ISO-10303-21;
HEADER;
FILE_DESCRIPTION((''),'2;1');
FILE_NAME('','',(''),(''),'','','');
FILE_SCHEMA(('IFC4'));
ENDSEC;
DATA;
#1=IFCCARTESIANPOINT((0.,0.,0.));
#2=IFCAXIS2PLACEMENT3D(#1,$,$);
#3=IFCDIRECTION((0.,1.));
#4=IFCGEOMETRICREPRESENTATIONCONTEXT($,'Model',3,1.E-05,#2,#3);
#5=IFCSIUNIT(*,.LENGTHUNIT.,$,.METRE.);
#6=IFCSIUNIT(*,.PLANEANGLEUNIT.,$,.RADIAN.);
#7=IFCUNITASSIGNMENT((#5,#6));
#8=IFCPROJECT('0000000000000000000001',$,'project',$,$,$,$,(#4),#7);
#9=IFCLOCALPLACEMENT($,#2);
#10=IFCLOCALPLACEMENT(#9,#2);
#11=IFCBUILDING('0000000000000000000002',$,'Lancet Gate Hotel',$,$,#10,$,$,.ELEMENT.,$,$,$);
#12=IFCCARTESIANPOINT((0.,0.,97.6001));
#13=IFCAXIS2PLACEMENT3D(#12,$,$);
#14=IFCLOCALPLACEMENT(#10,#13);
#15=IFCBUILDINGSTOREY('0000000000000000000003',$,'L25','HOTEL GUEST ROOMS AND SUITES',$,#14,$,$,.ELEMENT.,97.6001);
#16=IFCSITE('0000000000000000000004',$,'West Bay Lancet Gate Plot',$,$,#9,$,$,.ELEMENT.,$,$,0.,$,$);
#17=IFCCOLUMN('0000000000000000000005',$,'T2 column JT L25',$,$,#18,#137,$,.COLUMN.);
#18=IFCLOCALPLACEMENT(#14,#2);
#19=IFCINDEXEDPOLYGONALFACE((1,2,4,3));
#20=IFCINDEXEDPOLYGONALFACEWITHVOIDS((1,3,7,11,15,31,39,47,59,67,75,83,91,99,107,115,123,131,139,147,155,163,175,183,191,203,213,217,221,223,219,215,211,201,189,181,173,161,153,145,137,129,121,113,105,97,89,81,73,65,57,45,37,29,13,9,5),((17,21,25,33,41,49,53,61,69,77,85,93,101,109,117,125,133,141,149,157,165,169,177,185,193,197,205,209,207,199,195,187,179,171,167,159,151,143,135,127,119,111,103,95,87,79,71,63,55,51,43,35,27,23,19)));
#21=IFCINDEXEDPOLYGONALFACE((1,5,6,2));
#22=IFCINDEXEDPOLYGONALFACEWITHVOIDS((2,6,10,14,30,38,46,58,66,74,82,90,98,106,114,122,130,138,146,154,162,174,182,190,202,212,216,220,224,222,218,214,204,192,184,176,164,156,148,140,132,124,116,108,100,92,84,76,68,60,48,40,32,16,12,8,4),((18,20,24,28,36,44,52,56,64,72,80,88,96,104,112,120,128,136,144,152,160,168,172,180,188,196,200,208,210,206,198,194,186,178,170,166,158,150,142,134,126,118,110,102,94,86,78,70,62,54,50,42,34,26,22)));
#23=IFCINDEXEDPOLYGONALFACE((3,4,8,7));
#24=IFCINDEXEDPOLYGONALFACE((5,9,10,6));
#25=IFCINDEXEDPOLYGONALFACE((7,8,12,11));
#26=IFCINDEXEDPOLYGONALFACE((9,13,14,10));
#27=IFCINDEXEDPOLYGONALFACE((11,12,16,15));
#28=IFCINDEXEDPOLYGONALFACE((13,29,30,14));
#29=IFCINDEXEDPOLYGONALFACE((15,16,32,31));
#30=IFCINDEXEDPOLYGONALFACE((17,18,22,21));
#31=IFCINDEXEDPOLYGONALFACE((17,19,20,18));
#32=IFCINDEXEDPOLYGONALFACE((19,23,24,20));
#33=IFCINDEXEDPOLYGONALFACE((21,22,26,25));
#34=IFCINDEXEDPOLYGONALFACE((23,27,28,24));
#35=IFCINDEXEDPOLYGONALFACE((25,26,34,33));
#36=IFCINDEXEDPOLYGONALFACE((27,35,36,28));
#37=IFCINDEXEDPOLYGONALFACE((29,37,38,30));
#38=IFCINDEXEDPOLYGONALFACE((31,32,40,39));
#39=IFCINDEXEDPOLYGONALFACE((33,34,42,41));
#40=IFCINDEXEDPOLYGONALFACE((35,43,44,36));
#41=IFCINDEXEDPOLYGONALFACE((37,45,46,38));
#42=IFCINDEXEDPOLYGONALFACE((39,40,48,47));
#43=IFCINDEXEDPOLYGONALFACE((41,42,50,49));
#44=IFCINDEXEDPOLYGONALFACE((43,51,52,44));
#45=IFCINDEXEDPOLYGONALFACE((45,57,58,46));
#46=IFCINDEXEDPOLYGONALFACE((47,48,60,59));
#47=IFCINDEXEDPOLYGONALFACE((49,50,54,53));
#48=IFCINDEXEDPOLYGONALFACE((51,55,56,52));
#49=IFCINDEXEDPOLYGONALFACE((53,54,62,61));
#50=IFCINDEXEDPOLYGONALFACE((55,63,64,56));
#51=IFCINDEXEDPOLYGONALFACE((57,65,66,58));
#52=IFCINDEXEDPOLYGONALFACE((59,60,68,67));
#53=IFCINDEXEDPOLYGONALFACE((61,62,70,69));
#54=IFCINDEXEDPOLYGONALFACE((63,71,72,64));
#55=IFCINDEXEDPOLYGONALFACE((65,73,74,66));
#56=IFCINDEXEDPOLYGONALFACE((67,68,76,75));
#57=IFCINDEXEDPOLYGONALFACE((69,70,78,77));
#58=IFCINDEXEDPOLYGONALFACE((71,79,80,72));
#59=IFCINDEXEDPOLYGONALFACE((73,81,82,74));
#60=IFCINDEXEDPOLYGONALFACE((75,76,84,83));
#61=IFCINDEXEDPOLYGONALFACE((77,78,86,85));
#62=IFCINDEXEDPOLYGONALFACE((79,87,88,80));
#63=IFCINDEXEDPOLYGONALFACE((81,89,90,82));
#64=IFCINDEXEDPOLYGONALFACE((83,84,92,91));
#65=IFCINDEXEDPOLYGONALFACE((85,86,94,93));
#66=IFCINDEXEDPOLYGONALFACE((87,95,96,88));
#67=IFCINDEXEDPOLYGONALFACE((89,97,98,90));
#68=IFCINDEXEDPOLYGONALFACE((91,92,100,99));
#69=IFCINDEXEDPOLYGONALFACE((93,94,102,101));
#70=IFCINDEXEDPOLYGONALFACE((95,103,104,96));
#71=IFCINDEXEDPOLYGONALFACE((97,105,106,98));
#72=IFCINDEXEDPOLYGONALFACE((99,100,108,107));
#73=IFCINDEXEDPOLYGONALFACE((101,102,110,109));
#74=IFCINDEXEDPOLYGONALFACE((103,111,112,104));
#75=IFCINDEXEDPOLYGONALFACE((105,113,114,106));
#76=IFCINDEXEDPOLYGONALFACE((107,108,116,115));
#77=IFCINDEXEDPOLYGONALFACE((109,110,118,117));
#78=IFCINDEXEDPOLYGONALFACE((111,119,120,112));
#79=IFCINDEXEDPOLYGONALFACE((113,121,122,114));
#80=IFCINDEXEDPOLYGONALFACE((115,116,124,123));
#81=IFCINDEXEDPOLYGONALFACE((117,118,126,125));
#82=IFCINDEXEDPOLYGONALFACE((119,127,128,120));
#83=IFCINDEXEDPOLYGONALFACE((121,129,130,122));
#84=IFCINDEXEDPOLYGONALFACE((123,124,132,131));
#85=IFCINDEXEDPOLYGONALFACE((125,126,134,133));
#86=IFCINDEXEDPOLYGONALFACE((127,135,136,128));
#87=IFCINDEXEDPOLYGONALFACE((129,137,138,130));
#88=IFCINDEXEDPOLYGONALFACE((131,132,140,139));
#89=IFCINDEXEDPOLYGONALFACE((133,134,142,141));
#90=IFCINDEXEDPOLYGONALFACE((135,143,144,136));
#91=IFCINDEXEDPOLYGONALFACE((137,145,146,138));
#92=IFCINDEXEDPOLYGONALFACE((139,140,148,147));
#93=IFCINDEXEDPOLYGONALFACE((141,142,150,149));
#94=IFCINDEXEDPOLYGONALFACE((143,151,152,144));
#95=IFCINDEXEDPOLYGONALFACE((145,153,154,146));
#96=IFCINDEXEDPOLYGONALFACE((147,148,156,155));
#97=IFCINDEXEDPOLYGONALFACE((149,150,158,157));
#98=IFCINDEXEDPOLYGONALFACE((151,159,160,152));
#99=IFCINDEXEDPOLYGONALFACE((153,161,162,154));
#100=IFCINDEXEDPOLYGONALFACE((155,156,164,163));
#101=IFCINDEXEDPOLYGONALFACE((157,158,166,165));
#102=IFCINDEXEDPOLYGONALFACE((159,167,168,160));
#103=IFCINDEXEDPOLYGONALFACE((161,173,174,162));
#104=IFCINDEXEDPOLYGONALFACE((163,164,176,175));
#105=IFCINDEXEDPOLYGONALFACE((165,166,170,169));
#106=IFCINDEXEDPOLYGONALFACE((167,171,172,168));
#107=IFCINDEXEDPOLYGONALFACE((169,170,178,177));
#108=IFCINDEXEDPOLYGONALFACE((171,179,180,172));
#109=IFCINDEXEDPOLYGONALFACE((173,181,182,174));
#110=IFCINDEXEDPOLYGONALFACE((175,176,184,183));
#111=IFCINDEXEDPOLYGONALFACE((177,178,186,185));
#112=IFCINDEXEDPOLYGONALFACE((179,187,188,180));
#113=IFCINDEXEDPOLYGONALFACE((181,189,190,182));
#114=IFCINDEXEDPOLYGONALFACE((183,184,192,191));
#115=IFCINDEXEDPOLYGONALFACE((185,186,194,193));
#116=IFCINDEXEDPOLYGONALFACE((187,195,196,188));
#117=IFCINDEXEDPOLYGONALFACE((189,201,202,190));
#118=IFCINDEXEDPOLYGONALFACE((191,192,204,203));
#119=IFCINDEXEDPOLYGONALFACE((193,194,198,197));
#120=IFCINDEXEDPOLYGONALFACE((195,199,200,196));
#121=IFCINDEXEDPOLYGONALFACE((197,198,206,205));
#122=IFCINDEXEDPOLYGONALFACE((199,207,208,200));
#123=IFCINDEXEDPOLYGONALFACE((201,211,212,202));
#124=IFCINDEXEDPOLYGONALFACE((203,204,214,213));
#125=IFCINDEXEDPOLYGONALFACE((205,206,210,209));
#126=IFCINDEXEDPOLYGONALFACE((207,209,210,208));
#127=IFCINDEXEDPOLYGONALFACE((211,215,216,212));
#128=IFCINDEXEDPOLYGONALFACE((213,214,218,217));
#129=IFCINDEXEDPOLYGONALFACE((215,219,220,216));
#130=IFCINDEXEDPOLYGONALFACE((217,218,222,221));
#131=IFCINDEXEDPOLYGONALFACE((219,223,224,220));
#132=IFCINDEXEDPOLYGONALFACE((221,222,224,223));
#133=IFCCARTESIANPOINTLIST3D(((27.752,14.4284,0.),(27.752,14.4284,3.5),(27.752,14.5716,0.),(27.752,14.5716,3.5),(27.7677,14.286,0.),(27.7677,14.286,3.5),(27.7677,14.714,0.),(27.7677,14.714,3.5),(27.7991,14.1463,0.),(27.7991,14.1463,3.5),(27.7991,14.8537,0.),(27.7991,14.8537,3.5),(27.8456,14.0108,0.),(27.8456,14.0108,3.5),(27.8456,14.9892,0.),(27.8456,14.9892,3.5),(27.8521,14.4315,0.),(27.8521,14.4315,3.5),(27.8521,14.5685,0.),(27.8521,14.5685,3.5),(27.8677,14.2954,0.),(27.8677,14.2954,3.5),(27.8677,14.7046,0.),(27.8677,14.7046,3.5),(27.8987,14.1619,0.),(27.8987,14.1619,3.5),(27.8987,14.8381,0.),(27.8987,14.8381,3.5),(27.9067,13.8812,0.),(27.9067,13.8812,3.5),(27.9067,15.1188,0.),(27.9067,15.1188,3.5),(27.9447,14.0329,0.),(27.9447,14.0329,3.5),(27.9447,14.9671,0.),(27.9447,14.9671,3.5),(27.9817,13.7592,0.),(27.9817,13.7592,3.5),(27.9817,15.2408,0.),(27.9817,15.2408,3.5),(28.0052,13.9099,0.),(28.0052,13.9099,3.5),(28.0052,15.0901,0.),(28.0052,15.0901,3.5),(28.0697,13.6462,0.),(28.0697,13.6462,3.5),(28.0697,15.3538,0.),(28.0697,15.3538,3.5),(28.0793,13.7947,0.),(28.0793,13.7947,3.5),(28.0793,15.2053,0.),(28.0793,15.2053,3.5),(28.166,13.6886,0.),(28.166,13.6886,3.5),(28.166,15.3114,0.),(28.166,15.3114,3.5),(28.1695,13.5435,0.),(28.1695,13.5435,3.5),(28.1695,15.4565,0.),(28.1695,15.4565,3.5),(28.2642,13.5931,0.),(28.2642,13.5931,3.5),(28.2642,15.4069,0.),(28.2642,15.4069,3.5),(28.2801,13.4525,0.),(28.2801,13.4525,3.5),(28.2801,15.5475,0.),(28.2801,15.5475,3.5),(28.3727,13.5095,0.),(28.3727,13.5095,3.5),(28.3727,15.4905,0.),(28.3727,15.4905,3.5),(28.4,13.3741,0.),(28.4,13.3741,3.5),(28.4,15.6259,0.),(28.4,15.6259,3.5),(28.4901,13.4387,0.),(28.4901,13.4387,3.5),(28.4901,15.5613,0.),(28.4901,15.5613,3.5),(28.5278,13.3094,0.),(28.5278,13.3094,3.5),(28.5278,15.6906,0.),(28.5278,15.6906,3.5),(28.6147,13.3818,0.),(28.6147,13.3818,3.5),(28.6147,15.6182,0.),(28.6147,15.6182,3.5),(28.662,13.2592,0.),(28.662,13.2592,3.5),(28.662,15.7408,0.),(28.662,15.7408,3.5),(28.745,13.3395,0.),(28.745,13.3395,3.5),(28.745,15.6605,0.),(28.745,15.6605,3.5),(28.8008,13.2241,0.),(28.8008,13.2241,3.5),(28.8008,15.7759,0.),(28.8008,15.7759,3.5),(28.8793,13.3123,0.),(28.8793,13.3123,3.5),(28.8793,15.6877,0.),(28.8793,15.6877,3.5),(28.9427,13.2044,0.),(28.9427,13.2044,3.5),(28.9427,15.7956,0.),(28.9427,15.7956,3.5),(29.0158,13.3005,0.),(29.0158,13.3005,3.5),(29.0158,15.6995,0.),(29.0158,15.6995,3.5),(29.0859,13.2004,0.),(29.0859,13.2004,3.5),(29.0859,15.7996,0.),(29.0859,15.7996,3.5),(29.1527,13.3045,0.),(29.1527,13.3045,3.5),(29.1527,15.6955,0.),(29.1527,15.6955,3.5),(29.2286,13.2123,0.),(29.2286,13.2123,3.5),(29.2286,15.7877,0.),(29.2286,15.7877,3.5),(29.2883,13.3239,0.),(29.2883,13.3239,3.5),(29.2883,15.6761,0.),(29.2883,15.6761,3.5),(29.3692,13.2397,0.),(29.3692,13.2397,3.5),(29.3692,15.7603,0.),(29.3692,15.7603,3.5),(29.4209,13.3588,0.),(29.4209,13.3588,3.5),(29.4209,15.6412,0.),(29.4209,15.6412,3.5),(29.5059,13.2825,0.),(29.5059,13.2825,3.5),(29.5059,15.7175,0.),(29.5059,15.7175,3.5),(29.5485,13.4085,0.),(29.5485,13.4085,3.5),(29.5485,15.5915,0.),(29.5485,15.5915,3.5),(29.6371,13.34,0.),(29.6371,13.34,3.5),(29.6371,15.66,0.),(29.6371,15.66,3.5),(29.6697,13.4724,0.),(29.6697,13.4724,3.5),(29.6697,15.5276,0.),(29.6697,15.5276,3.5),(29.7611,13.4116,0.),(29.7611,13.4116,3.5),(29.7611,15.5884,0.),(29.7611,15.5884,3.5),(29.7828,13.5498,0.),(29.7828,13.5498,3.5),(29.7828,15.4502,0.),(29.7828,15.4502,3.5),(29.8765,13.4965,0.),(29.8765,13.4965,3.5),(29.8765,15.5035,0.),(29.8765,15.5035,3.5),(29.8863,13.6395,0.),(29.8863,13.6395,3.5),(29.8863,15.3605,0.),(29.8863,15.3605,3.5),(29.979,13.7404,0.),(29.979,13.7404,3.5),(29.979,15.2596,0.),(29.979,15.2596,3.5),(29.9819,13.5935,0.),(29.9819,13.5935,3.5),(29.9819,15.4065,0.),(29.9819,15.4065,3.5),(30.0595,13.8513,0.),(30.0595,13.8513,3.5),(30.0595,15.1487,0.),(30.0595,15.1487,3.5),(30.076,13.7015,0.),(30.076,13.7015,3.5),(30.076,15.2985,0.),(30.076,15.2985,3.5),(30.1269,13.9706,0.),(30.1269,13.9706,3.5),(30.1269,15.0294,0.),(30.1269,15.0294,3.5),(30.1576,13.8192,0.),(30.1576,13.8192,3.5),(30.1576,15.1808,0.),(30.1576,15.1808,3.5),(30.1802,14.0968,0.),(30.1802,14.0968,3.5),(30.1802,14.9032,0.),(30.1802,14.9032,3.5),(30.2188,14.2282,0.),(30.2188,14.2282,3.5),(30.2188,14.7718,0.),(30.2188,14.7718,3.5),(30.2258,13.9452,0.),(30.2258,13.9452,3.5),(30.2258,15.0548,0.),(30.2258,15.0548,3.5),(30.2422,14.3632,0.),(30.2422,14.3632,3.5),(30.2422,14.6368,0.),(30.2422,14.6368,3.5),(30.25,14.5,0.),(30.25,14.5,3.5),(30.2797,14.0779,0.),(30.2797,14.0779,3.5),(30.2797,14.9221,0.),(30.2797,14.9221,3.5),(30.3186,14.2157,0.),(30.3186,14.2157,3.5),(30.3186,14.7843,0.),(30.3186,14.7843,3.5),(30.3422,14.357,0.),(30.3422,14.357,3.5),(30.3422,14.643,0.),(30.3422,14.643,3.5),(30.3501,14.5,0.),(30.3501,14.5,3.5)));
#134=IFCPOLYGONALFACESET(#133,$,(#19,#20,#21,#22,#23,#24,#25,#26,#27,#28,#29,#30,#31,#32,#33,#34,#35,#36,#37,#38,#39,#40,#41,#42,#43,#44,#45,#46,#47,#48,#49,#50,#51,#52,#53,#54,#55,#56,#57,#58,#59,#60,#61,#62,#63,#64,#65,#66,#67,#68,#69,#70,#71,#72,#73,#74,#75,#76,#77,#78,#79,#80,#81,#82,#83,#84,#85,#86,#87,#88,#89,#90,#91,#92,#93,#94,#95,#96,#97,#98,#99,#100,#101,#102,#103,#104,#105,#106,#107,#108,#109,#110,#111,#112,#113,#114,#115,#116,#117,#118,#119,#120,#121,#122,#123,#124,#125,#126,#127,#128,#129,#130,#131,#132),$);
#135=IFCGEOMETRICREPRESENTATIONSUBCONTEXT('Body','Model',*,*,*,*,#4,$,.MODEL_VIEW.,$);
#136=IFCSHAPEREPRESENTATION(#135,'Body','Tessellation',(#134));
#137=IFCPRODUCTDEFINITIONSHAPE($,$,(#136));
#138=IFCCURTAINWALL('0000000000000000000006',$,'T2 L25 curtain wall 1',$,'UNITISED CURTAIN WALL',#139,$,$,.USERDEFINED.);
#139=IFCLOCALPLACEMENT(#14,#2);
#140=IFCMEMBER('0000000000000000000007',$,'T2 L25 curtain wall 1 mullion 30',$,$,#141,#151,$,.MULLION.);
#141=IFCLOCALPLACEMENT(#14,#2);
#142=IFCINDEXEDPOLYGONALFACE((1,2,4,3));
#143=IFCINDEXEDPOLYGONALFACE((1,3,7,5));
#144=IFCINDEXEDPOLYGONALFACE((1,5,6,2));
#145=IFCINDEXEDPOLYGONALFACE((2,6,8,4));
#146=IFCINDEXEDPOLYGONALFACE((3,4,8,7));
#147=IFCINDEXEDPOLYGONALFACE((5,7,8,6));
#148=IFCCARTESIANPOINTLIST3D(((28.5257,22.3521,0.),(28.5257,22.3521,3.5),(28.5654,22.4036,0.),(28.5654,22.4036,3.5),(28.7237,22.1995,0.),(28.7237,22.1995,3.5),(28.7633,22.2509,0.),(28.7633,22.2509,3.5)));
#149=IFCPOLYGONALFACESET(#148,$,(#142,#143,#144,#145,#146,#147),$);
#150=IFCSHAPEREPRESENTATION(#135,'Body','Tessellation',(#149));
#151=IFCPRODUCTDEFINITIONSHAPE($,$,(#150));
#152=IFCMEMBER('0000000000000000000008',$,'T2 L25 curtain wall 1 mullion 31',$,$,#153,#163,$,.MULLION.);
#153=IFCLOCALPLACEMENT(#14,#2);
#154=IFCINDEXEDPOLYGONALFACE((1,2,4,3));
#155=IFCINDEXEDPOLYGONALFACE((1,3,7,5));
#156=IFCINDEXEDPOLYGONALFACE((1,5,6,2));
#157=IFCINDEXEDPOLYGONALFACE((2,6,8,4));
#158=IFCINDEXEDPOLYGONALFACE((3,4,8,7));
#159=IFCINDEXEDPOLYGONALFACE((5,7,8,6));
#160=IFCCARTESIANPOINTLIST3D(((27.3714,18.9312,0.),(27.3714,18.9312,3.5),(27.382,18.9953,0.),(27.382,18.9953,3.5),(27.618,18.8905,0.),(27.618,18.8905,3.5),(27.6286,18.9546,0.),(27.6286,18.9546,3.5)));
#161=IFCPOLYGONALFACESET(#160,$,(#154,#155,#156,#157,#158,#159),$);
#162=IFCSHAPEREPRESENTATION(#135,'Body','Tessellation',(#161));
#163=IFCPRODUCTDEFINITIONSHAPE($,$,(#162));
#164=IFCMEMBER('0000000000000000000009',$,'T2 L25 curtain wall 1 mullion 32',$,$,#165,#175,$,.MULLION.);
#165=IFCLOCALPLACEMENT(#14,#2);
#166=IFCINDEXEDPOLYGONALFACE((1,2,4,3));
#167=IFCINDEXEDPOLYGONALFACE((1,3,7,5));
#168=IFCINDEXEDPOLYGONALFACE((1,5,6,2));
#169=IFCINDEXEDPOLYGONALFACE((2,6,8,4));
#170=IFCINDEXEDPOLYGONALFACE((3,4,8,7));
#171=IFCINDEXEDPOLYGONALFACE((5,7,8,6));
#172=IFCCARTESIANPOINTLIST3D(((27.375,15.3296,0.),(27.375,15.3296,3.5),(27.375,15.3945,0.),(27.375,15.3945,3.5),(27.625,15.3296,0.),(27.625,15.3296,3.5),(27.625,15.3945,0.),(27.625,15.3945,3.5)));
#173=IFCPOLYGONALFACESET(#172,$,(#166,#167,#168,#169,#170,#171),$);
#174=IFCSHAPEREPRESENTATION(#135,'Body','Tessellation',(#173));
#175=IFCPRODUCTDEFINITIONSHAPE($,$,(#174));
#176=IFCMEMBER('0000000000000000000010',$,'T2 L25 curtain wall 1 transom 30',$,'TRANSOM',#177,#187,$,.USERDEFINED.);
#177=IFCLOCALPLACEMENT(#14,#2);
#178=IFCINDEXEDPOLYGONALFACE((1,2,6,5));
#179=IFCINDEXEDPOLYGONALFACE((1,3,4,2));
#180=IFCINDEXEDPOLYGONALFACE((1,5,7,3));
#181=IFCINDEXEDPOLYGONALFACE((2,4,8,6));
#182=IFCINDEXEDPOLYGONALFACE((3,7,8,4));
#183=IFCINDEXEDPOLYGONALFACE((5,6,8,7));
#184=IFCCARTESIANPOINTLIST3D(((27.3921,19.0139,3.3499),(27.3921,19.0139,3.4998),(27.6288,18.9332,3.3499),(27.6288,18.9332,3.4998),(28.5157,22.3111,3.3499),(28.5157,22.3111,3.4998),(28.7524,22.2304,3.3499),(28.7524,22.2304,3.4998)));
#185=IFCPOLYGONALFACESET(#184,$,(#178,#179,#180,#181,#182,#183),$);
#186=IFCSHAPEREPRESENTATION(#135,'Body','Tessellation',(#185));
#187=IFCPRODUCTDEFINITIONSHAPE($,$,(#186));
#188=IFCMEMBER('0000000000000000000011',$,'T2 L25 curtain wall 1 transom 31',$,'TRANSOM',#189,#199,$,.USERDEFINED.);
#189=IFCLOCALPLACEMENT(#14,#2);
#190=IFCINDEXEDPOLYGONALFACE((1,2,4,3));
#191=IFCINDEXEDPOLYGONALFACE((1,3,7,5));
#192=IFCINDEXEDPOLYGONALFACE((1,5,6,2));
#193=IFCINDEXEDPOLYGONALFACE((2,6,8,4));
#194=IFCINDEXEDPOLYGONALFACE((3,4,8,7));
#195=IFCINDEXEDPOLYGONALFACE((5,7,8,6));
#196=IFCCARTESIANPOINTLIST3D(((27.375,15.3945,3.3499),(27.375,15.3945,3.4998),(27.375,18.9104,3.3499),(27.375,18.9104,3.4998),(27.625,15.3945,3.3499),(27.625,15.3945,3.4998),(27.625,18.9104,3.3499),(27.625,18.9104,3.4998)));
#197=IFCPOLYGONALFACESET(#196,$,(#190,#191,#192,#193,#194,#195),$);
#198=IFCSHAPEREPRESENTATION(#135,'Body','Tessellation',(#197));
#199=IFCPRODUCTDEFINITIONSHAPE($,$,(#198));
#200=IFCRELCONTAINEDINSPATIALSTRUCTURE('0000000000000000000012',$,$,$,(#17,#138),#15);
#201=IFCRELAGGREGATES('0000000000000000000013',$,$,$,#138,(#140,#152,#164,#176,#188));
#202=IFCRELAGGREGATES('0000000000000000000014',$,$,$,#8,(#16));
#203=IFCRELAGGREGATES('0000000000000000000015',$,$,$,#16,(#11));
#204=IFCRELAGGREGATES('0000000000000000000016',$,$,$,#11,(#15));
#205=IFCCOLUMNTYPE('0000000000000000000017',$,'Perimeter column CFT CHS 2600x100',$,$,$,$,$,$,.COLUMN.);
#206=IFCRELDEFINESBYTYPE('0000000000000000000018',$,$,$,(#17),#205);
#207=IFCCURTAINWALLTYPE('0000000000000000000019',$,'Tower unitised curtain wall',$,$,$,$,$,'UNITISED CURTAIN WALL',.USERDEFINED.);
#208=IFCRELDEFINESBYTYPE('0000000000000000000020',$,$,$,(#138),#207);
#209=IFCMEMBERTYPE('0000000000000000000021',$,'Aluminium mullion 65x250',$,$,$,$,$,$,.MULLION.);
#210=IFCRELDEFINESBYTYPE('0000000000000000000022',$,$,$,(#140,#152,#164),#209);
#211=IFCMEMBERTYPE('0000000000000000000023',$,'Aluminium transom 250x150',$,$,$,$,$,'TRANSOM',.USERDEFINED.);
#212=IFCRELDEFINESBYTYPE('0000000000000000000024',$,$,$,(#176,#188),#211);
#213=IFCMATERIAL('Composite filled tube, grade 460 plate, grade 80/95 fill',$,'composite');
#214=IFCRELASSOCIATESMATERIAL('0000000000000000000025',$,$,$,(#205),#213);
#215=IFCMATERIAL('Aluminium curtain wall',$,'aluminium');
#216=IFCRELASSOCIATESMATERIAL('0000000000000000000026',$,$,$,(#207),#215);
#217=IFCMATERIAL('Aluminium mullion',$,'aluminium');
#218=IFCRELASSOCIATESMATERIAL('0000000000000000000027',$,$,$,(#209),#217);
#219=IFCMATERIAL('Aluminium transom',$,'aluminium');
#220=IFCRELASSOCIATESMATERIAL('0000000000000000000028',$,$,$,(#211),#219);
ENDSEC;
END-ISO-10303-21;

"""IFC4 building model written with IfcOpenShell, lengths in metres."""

from ifc_helpers import new_model, si_unit, direction, frame, origin, origin_2d, place, context, subcontext, project, spatial, rectangle, hollow_circle, extrude, material, material_profile, profile_set, type_object, element, aggregate, save


model = new_model("IFC4")

# Units and contexts
model_context = context("Model", 3, precision=1e-05, world=origin(), true_north=direction((0.0, 1.0)))
body_context = subcontext(model_context, "Body", "Model", "MODEL_VIEW")
ifc_project = project(units=[si_unit("LENGTHUNIT", "METRE"), si_unit("PLANEANGLEUNIT", "RADIAN")], contexts=[model_context])

# Site, building, storey
site_placement = place(None, origin())
site = spatial("IfcSite", under=ifc_project, at=site_placement, Name="West Bay Lancet Gate Plot", CompositionType="ELEMENT", RefElevation=0.0)
building_placement = place(site_placement, origin())
building = spatial("IfcBuilding", under=site, at=building_placement, Name="Lancet Gate Hotel", CompositionType="ELEMENT")
storey_placement = place(building_placement, frame((0.0, 0.0, 97.6001)))
storey = spatial("IfcBuildingStorey", under=building, at=storey_placement, Name="L25", Description="HOTEL GUEST ROOMS AND SUITES", CompositionType="ELEMENT", Elevation=97.6001)

# Column
ifc_material_1 = material(Name="Composite filled tube, grade 460 plate, grade 80/95 fill", Category="composite")
ifc_material_profile_1 = material_profile(ifc_material_1, hollow_circle(Radius=1.3, WallThickness=0.1001, at=origin_2d()), Name="CHS 2600x100")
ifc_profile_set_1 = profile_set([ifc_material_profile_1], Name="Composite filled tube, grade 460 plate, grade 80/95 fill")
column_type = type_object("IfcColumnType", Name="Perimeter column CFT CHS 2600x100", PredefinedType="COLUMN", material=ifc_profile_set_1)
column_placement = place(storey_placement, frame((29.05, 14.5, 0.0), z_axis=(0.0, 0.0, 1.0), x_axis=(1.0, 0.0, 0.0)))
element("IfcColumn", 1, at=column_placement, inside=storey, type_object=column_type, Name="T2 column JT L25", PredefinedType="COLUMN", context=body_context, shape_type="SweptSolid", body=[
    extrude(hollow_circle(Radius=1.3, WallThickness=0.1001, at=origin_2d()), origin(), (0.0, 0.0, 1.0), 3.5),
])

# Curtain wall, members
ifc_material_2 = material(Name="Aluminium curtain wall", Category="aluminium")
curtain_wall_type = type_object("IfcCurtainWallType", Name="Tower unitised curtain wall", ElementType="UNITISED CURTAIN WALL", PredefinedType="USERDEFINED", material=ifc_material_2)
curtain_wall_placement = place(storey_placement, origin())
curtain_wall = element("IfcCurtainWall", 2, at=curtain_wall_placement, inside=storey, type_object=curtain_wall_type, Name="T2 L25 curtain wall 1", ObjectType="UNITISED CURTAIN WALL", PredefinedType="USERDEFINED")
ifc_material_3 = material(Name="Aluminium mullion", Category="aluminium")
ifc_material_profile_2 = material_profile(ifc_material_3, rectangle(XDim=0.0649, YDim=0.25, at=origin_2d()), Name="MULLION 65x250")
ifc_profile_set_2 = profile_set([ifc_material_profile_2], Name="Aluminium mullion")
member_type_1 = type_object("IfcMemberType", Name="Aluminium mullion 65x250", PredefinedType="MULLION", material=ifc_profile_set_2)
member_1_placement = place(storey_placement, frame((28.6445, 22.3015, 0.0), z_axis=(0.0, 0.0, 1.0), x_axis=(-0.610664, -0.79189, 0.0)))
member_1 = element("IfcMember", 3, at=member_1_placement, type_object=member_type_1, Name="T2 L25 curtain wall 1 mullion 30", PredefinedType="MULLION", context=body_context, shape_type="SweptSolid", body=[
    extrude(rectangle(XDim=0.0649, YDim=0.25, at=origin_2d()), origin(), (0.0, 0.0, 1.0), 3.5),
])
member_2_placement = place(storey_placement, frame((27.5, 18.9429, 0.0), z_axis=(0.0, 0.0, 1.0), x_axis=(-0.162739, -0.986669, 0.0)))
member_2 = element("IfcMember", 4, at=member_2_placement, type_object=member_type_1, Name="T2 L25 curtain wall 1 mullion 31", PredefinedType="MULLION", context=body_context, shape_type="SweptSolid", body=[
    extrude(rectangle(XDim=0.0649, YDim=0.25, at=origin_2d()), origin(), (0.0, 0.0, 1.0), 3.5),
])
member_3_placement = place(storey_placement, frame((27.5, 15.3621, 0.0), z_axis=(0.0, 0.0, 1.0), x_axis=(0.0, -1.0, 0.0)))
member_3 = element("IfcMember", 5, at=member_3_placement, type_object=member_type_1, Name="T2 L25 curtain wall 1 mullion 32", PredefinedType="MULLION", context=body_context, shape_type="SweptSolid", body=[
    extrude(rectangle(XDim=0.0649, YDim=0.25, at=origin_2d()), origin(), (0.0, 0.0, 1.0), 3.5),
])
ifc_material_4 = material(Name="Aluminium transom", Category="aluminium")
ifc_material_profile_3 = material_profile(ifc_material_4, rectangle(XDim=0.25, YDim=0.1499, at=origin_2d()), Name="TRANSOM 250x150")
ifc_profile_set_3 = profile_set([ifc_material_profile_3], Name="Aluminium transom")
member_type_2 = type_object("IfcMemberType", Name="Aluminium transom 250x150", ElementType="TRANSOM", PredefinedType="USERDEFINED", material=ifc_profile_set_3)
member_4_placement = place(storey_placement, frame((28.634, 22.2708, 3.4248), z_axis=(-0.32255, -0.946553, 0.0), x_axis=(0.946553, -0.32255, 0.0)))
member_4 = element("IfcMember", 6, at=member_4_placement, type_object=member_type_2, Name="T2 L25 curtain wall 1 transom 30", ObjectType="TRANSOM", PredefinedType="USERDEFINED", context=body_context, shape_type="SweptSolid", body=[
    extrude(rectangle(XDim=0.25, YDim=0.1499, at=origin_2d()), origin(), (0.0, 0.0, 1.0), 3.4834),
])
member_5_placement = place(storey_placement, frame((27.5, 18.9104, 3.4248), z_axis=(0.0, -1.0, 0.0), x_axis=(1.0, 0.0, 0.0)))
member_5 = element("IfcMember", 7, at=member_5_placement, type_object=member_type_2, Name="T2 L25 curtain wall 1 transom 31", ObjectType="TRANSOM", PredefinedType="USERDEFINED", context=body_context, shape_type="SweptSolid", body=[
    extrude(rectangle(XDim=0.25, YDim=0.1499, at=origin_2d()), origin(), (0.0, 0.0, 1.0), 3.5159),
])

aggregate(curtain_wall, [member_1, member_2, member_3, member_4, member_5])

save(model, "model.ifc")
